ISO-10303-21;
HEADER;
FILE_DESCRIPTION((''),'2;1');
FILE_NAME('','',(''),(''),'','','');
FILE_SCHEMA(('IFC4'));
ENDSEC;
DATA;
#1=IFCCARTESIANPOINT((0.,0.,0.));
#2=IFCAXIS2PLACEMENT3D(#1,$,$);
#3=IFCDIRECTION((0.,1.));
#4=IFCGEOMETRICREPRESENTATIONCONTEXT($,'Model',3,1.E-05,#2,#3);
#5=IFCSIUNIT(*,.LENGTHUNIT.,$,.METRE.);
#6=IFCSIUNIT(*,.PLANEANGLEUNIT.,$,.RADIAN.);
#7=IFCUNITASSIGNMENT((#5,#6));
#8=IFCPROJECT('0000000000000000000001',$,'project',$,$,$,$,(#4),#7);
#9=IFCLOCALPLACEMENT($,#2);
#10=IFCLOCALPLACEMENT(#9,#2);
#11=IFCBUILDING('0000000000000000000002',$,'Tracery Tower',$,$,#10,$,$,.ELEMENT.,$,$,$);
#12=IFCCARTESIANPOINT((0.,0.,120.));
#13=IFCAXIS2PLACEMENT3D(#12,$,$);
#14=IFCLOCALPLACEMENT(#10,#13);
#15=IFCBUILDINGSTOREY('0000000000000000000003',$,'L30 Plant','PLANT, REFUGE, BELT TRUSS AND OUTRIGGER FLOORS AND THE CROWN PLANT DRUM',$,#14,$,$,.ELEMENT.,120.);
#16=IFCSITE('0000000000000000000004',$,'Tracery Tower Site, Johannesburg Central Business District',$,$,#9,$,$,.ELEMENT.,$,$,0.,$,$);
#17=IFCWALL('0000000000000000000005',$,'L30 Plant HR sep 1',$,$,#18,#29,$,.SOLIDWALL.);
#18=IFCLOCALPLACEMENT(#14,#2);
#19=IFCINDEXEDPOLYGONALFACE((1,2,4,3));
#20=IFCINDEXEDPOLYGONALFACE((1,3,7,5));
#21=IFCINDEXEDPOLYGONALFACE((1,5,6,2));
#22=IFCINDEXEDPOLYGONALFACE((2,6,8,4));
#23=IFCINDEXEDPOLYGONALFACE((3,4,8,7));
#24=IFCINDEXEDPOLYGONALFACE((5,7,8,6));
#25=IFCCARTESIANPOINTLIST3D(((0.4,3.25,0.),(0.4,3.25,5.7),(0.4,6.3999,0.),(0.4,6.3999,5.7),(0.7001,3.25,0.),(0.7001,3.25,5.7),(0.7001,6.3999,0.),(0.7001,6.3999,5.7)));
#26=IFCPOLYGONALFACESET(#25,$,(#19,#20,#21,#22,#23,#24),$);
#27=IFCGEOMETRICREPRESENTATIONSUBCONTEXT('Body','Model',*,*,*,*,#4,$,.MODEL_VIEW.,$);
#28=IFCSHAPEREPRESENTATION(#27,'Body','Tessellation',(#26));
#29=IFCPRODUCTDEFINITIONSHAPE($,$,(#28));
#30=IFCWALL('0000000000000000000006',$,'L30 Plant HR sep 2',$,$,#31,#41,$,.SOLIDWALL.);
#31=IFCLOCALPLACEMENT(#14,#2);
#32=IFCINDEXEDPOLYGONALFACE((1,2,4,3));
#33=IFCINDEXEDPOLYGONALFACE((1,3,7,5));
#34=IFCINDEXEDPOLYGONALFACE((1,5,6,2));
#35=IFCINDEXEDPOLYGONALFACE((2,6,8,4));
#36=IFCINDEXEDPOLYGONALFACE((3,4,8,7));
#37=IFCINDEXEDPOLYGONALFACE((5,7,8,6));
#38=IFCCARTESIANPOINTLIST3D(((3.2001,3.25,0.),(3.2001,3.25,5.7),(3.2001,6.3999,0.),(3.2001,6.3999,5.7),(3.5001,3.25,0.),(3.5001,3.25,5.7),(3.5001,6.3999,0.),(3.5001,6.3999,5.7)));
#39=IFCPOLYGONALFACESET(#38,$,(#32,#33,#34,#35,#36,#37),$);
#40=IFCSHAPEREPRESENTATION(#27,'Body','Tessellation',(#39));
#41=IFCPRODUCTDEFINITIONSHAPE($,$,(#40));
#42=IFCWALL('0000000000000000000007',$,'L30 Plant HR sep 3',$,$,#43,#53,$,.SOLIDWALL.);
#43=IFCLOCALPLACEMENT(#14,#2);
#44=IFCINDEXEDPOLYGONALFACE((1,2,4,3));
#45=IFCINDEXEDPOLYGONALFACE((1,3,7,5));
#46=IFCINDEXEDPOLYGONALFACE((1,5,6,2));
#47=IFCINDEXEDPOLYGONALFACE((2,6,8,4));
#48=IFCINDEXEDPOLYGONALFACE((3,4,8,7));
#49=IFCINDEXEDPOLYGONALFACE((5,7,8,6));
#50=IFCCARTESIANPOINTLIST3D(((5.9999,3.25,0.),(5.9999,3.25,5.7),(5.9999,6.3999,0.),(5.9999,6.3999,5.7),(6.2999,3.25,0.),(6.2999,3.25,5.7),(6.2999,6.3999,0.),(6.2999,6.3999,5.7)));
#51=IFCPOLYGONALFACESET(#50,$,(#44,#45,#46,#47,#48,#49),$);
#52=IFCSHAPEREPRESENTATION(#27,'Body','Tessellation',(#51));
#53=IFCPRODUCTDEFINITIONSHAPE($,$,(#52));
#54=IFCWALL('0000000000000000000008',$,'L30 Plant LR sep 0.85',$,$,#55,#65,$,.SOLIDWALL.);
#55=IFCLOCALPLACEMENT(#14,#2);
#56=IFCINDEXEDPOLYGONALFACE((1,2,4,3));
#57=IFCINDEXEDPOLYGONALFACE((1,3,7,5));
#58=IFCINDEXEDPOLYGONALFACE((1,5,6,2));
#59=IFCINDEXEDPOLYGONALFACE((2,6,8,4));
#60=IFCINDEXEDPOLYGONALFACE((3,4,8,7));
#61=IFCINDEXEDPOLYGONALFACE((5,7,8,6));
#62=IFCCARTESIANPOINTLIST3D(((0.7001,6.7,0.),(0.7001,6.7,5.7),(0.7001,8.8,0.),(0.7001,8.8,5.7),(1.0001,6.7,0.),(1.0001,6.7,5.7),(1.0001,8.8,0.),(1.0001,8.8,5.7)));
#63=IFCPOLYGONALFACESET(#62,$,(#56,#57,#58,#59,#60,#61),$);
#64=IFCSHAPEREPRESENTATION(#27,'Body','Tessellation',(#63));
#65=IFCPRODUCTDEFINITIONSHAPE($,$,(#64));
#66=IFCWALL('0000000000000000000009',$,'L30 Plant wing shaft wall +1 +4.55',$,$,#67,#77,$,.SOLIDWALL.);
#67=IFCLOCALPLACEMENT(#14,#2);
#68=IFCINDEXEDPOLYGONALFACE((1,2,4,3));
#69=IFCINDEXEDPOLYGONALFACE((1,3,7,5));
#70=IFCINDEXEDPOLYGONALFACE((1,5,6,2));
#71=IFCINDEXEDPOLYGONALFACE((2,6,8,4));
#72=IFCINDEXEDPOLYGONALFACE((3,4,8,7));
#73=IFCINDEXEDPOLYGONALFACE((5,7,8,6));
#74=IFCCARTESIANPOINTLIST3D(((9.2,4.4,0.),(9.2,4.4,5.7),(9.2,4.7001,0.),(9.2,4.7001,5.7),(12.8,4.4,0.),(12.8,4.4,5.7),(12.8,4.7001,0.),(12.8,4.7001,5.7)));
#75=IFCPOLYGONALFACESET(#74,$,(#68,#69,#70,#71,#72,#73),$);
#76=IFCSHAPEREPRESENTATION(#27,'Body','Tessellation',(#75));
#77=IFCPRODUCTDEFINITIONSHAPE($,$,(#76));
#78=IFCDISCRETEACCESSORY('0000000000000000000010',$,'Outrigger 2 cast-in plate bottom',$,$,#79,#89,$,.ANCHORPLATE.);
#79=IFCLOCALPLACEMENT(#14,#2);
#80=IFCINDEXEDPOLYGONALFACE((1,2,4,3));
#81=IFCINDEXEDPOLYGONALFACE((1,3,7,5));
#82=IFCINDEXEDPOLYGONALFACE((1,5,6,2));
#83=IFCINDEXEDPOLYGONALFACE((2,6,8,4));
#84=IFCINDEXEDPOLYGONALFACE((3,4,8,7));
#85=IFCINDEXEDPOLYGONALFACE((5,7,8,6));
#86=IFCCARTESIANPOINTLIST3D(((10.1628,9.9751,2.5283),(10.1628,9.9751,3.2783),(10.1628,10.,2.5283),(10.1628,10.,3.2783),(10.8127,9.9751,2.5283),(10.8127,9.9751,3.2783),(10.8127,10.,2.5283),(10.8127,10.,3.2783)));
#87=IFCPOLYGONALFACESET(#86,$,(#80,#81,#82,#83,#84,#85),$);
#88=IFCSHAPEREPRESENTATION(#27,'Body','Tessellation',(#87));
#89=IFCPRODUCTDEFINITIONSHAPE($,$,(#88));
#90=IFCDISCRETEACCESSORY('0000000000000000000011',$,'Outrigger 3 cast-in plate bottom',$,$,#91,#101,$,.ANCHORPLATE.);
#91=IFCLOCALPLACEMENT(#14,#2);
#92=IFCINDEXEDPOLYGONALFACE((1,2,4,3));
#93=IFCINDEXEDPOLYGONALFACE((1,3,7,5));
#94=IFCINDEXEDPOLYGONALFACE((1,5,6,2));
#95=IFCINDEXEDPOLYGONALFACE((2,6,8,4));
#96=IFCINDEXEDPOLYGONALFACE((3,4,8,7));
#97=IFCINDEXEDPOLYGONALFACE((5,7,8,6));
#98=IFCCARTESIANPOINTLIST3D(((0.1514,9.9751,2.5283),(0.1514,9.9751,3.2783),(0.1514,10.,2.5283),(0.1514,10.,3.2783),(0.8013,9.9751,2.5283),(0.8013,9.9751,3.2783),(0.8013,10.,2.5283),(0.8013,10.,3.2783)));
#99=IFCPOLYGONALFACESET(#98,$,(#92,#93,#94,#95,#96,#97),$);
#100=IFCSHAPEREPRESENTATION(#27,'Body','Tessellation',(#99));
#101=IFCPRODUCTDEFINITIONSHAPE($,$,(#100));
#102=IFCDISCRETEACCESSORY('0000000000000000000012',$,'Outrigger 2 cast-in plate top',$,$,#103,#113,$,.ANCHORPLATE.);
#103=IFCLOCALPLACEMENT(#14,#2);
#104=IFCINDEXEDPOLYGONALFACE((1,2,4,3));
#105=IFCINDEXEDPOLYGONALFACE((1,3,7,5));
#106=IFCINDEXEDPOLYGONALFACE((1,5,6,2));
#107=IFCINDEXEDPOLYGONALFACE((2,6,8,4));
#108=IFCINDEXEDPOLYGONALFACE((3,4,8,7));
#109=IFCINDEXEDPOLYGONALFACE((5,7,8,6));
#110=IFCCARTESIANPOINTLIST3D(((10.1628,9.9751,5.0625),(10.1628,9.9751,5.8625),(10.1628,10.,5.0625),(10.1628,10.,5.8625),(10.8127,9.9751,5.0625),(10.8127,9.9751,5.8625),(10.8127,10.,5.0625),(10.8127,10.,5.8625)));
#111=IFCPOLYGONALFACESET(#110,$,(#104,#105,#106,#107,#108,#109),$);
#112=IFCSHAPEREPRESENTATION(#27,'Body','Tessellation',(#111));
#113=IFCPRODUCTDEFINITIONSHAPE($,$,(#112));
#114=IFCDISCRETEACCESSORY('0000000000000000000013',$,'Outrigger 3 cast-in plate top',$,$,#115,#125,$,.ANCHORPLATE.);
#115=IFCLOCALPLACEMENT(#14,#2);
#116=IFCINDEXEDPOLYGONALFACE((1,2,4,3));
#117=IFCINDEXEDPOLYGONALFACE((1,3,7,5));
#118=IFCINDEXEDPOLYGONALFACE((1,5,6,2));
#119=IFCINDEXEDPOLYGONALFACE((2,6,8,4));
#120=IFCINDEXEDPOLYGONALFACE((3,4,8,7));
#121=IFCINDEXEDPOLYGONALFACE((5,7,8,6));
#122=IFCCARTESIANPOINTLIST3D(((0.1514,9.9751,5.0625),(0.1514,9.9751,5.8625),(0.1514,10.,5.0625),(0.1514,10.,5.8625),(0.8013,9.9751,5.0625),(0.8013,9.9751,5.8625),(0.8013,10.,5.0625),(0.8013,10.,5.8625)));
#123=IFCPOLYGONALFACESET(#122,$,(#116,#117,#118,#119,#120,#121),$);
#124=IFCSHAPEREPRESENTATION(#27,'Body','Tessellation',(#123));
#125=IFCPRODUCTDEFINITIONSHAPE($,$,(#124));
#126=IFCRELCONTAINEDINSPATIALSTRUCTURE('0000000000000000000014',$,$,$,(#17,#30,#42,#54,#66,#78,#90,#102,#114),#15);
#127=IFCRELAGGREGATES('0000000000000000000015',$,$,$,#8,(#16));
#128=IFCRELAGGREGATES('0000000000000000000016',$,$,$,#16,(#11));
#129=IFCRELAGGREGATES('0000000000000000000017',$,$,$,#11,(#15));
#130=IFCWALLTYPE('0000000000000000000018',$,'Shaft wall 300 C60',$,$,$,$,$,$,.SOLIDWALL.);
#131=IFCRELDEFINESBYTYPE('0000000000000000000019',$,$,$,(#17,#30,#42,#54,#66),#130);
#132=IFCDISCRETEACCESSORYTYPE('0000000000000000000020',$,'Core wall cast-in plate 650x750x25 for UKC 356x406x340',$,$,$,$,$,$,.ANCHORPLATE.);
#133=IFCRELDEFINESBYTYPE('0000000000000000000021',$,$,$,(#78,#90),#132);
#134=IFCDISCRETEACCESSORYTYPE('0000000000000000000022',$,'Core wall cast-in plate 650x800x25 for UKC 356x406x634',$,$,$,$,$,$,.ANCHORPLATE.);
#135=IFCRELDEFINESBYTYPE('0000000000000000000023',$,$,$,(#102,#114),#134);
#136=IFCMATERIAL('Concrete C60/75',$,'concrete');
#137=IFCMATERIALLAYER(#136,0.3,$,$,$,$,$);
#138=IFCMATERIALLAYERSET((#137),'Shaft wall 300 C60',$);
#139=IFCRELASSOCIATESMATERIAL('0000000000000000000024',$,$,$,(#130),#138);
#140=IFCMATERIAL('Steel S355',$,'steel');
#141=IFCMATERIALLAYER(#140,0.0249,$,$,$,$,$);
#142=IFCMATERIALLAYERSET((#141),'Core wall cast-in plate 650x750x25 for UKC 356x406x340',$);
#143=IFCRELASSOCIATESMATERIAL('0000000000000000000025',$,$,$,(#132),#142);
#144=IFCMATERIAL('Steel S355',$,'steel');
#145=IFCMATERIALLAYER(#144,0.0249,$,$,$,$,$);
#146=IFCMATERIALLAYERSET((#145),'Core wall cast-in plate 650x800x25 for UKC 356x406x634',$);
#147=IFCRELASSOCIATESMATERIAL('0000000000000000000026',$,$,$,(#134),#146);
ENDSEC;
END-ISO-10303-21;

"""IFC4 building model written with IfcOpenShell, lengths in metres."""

from ifc_helpers import new_model, si_unit, direction, frame, frame_2d, origin, origin_2d, place, context, subcontext, project, spatial, rectangle, extrude, material, layer, layer_set, type_object, element, save


model = new_model("IFC4")

# Units and contexts
model_context = context("Model", 3, precision=1e-05, world=origin(), true_north=direction((0.0, 1.0)))
body_context = subcontext(model_context, "Body", "Model", "MODEL_VIEW")
ifc_project = project(units=[si_unit("LENGTHUNIT", "METRE"), si_unit("PLANEANGLEUNIT", "RADIAN")], contexts=[model_context])

# Site, building, storey
site_placement = place(None, origin())
site = spatial("IfcSite", under=ifc_project, at=site_placement, Name="Tracery Tower Site, Johannesburg Central Business District", CompositionType="ELEMENT", RefElevation=0.0)
building_placement = place(site_placement, origin())
building = spatial("IfcBuilding", under=site, at=building_placement, Name="Tracery Tower", CompositionType="ELEMENT")
storey_placement = place(building_placement, frame((0.0, 0.0, 120.0)))
storey = spatial("IfcBuildingStorey", under=building, at=storey_placement, Name="L30 Plant", Description="PLANT, REFUGE, BELT TRUSS AND OUTRIGGER FLOORS AND THE CROWN PLANT DRUM", CompositionType="ELEMENT", Elevation=120.0)

# Walls
ifc_material_1 = material(Name="Concrete C60/75", Category="concrete")
ifc_layer_1 = layer(ifc_material_1, 0.3)
ifc_layer_set_1 = layer_set([ifc_layer_1], Name="Shaft wall 300 C60")
wall_type_1 = type_object("IfcWallType", Name="Shaft wall 300 C60", PredefinedType="SOLIDWALL", material=ifc_layer_set_1)
for number, where, z_axis, x_axis, name in (
    (1, (0.55, 3.25, 0.0), (0.0, 0.0, 1.0), (0.0, 1.0, 0.0), "L30 Plant HR sep 1"),
    (2, (3.3501, 3.25, 0.0), (0.0, 0.0, 1.0), (0.0, 1.0, 0.0), "L30 Plant HR sep 2"),
    (3, (6.1499, 3.25, 0.0), (0.0, 0.0, 1.0), (0.0, 1.0, 0.0), "L30 Plant HR sep 3"),
):
    element("IfcWall", number, at=place(storey_placement, frame(where, z_axis=z_axis, x_axis=x_axis)), inside=storey, type_object=wall_type_1, Name=name, PredefinedType="SOLIDWALL", context=body_context, shape_type="SweptSolid", body=[
        extrude(rectangle(XDim=3.1499, YDim=0.3, at=frame_2d((1.575, 0.0))), origin(), (0.0, 0.0, 1.0), 5.7),
    ])
wall_1_placement = place(storey_placement, frame((0.8501, 6.7, 0.0), z_axis=(0.0, 0.0, 1.0), x_axis=(0.0, 1.0, 0.0)))
element("IfcWall", 4, at=wall_1_placement, inside=storey, type_object=wall_type_1, Name="L30 Plant LR sep 0.85", PredefinedType="SOLIDWALL", context=body_context, shape_type="SweptSolid", body=[
    extrude(rectangle(XDim=2.1001, YDim=0.3, at=frame_2d((1.05, 0.0))), origin(), (0.0, 0.0, 1.0), 5.7),
])
wall_2_placement = place(storey_placement, frame((9.2, 4.55, 0.0), z_axis=(0.0, 0.0, 1.0), x_axis=(1.0, 0.0, 0.0)))
element("IfcWall", 5, at=wall_2_placement, inside=storey, type_object=wall_type_1, Name="L30 Plant wing shaft wall +1 +4.55", PredefinedType="SOLIDWALL", context=body_context, shape_type="SweptSolid", body=[
    extrude(rectangle(XDim=3.6001, YDim=0.3, at=frame_2d((1.8, 0.0))), origin(), (0.0, 0.0, 1.0), 5.7),
])

# Discrete accessories
ifc_material_2 = material(Name="Steel S355", Category="steel")
ifc_layer_2 = layer(ifc_material_2, 0.0249)
ifc_layer_set_2 = layer_set([ifc_layer_2], Name="Core wall cast-in plate 650x750x25 for UKC 356x406x340")
discrete_accessory_type_1 = type_object("IfcDiscreteAccessoryType", Name="Core wall cast-in plate 650x750x25 for UKC 356x406x340", PredefinedType="ANCHORPLATE", material=ifc_layer_set_2)
for number, where, z_axis, x_axis, name in (
    (6, (10.4878, 9.9875, 2.5283), (0.0, 0.0, 1.0), (1.0, 0.0, 0.0), "Outrigger 2 cast-in plate bottom"),
    (7, (0.4763, 9.9875, 2.5283), (0.0, 0.0, 1.0), (1.0, 0.0, 0.0), "Outrigger 3 cast-in plate bottom"),
):
    element("IfcDiscreteAccessory", number, at=place(storey_placement, frame(where, z_axis=z_axis, x_axis=x_axis)), inside=storey, type_object=discrete_accessory_type_1, Name=name, PredefinedType="ANCHORPLATE", context=body_context, shape_type="SweptSolid", body=[
        extrude(rectangle(XDim=0.6499, YDim=0.0249, at=origin_2d()), origin(), (0.0, 0.0, 1.0), 0.75),
    ])
ifc_material_3 = material(Name="Steel S355", Category="steel")
ifc_layer_3 = layer(ifc_material_3, 0.0249)
ifc_layer_set_3 = layer_set([ifc_layer_3], Name="Core wall cast-in plate 650x800x25 for UKC 356x406x634")
discrete_accessory_type_2 = type_object("IfcDiscreteAccessoryType", Name="Core wall cast-in plate 650x800x25 for UKC 356x406x634", PredefinedType="ANCHORPLATE", material=ifc_layer_set_3)
for number, where, z_axis, x_axis, name in (
    (8, (10.4878, 9.9875, 5.0625), (0.0, 0.0, 1.0), (1.0, 0.0, 0.0), "Outrigger 2 cast-in plate top"),
    (9, (0.4763, 9.9875, 5.0625), (0.0, 0.0, 1.0), (1.0, 0.0, 0.0), "Outrigger 3 cast-in plate top"),
):
    element("IfcDiscreteAccessory", number, at=place(storey_placement, frame(where, z_axis=z_axis, x_axis=x_axis)), inside=storey, type_object=discrete_accessory_type_2, Name=name, PredefinedType="ANCHORPLATE", context=body_context, shape_type="SweptSolid", body=[
        extrude(rectangle(XDim=0.6499, YDim=0.0249, at=origin_2d()), origin(), (0.0, 0.0, 1.0), 0.8),
    ])

save(model, "model.ifc")
